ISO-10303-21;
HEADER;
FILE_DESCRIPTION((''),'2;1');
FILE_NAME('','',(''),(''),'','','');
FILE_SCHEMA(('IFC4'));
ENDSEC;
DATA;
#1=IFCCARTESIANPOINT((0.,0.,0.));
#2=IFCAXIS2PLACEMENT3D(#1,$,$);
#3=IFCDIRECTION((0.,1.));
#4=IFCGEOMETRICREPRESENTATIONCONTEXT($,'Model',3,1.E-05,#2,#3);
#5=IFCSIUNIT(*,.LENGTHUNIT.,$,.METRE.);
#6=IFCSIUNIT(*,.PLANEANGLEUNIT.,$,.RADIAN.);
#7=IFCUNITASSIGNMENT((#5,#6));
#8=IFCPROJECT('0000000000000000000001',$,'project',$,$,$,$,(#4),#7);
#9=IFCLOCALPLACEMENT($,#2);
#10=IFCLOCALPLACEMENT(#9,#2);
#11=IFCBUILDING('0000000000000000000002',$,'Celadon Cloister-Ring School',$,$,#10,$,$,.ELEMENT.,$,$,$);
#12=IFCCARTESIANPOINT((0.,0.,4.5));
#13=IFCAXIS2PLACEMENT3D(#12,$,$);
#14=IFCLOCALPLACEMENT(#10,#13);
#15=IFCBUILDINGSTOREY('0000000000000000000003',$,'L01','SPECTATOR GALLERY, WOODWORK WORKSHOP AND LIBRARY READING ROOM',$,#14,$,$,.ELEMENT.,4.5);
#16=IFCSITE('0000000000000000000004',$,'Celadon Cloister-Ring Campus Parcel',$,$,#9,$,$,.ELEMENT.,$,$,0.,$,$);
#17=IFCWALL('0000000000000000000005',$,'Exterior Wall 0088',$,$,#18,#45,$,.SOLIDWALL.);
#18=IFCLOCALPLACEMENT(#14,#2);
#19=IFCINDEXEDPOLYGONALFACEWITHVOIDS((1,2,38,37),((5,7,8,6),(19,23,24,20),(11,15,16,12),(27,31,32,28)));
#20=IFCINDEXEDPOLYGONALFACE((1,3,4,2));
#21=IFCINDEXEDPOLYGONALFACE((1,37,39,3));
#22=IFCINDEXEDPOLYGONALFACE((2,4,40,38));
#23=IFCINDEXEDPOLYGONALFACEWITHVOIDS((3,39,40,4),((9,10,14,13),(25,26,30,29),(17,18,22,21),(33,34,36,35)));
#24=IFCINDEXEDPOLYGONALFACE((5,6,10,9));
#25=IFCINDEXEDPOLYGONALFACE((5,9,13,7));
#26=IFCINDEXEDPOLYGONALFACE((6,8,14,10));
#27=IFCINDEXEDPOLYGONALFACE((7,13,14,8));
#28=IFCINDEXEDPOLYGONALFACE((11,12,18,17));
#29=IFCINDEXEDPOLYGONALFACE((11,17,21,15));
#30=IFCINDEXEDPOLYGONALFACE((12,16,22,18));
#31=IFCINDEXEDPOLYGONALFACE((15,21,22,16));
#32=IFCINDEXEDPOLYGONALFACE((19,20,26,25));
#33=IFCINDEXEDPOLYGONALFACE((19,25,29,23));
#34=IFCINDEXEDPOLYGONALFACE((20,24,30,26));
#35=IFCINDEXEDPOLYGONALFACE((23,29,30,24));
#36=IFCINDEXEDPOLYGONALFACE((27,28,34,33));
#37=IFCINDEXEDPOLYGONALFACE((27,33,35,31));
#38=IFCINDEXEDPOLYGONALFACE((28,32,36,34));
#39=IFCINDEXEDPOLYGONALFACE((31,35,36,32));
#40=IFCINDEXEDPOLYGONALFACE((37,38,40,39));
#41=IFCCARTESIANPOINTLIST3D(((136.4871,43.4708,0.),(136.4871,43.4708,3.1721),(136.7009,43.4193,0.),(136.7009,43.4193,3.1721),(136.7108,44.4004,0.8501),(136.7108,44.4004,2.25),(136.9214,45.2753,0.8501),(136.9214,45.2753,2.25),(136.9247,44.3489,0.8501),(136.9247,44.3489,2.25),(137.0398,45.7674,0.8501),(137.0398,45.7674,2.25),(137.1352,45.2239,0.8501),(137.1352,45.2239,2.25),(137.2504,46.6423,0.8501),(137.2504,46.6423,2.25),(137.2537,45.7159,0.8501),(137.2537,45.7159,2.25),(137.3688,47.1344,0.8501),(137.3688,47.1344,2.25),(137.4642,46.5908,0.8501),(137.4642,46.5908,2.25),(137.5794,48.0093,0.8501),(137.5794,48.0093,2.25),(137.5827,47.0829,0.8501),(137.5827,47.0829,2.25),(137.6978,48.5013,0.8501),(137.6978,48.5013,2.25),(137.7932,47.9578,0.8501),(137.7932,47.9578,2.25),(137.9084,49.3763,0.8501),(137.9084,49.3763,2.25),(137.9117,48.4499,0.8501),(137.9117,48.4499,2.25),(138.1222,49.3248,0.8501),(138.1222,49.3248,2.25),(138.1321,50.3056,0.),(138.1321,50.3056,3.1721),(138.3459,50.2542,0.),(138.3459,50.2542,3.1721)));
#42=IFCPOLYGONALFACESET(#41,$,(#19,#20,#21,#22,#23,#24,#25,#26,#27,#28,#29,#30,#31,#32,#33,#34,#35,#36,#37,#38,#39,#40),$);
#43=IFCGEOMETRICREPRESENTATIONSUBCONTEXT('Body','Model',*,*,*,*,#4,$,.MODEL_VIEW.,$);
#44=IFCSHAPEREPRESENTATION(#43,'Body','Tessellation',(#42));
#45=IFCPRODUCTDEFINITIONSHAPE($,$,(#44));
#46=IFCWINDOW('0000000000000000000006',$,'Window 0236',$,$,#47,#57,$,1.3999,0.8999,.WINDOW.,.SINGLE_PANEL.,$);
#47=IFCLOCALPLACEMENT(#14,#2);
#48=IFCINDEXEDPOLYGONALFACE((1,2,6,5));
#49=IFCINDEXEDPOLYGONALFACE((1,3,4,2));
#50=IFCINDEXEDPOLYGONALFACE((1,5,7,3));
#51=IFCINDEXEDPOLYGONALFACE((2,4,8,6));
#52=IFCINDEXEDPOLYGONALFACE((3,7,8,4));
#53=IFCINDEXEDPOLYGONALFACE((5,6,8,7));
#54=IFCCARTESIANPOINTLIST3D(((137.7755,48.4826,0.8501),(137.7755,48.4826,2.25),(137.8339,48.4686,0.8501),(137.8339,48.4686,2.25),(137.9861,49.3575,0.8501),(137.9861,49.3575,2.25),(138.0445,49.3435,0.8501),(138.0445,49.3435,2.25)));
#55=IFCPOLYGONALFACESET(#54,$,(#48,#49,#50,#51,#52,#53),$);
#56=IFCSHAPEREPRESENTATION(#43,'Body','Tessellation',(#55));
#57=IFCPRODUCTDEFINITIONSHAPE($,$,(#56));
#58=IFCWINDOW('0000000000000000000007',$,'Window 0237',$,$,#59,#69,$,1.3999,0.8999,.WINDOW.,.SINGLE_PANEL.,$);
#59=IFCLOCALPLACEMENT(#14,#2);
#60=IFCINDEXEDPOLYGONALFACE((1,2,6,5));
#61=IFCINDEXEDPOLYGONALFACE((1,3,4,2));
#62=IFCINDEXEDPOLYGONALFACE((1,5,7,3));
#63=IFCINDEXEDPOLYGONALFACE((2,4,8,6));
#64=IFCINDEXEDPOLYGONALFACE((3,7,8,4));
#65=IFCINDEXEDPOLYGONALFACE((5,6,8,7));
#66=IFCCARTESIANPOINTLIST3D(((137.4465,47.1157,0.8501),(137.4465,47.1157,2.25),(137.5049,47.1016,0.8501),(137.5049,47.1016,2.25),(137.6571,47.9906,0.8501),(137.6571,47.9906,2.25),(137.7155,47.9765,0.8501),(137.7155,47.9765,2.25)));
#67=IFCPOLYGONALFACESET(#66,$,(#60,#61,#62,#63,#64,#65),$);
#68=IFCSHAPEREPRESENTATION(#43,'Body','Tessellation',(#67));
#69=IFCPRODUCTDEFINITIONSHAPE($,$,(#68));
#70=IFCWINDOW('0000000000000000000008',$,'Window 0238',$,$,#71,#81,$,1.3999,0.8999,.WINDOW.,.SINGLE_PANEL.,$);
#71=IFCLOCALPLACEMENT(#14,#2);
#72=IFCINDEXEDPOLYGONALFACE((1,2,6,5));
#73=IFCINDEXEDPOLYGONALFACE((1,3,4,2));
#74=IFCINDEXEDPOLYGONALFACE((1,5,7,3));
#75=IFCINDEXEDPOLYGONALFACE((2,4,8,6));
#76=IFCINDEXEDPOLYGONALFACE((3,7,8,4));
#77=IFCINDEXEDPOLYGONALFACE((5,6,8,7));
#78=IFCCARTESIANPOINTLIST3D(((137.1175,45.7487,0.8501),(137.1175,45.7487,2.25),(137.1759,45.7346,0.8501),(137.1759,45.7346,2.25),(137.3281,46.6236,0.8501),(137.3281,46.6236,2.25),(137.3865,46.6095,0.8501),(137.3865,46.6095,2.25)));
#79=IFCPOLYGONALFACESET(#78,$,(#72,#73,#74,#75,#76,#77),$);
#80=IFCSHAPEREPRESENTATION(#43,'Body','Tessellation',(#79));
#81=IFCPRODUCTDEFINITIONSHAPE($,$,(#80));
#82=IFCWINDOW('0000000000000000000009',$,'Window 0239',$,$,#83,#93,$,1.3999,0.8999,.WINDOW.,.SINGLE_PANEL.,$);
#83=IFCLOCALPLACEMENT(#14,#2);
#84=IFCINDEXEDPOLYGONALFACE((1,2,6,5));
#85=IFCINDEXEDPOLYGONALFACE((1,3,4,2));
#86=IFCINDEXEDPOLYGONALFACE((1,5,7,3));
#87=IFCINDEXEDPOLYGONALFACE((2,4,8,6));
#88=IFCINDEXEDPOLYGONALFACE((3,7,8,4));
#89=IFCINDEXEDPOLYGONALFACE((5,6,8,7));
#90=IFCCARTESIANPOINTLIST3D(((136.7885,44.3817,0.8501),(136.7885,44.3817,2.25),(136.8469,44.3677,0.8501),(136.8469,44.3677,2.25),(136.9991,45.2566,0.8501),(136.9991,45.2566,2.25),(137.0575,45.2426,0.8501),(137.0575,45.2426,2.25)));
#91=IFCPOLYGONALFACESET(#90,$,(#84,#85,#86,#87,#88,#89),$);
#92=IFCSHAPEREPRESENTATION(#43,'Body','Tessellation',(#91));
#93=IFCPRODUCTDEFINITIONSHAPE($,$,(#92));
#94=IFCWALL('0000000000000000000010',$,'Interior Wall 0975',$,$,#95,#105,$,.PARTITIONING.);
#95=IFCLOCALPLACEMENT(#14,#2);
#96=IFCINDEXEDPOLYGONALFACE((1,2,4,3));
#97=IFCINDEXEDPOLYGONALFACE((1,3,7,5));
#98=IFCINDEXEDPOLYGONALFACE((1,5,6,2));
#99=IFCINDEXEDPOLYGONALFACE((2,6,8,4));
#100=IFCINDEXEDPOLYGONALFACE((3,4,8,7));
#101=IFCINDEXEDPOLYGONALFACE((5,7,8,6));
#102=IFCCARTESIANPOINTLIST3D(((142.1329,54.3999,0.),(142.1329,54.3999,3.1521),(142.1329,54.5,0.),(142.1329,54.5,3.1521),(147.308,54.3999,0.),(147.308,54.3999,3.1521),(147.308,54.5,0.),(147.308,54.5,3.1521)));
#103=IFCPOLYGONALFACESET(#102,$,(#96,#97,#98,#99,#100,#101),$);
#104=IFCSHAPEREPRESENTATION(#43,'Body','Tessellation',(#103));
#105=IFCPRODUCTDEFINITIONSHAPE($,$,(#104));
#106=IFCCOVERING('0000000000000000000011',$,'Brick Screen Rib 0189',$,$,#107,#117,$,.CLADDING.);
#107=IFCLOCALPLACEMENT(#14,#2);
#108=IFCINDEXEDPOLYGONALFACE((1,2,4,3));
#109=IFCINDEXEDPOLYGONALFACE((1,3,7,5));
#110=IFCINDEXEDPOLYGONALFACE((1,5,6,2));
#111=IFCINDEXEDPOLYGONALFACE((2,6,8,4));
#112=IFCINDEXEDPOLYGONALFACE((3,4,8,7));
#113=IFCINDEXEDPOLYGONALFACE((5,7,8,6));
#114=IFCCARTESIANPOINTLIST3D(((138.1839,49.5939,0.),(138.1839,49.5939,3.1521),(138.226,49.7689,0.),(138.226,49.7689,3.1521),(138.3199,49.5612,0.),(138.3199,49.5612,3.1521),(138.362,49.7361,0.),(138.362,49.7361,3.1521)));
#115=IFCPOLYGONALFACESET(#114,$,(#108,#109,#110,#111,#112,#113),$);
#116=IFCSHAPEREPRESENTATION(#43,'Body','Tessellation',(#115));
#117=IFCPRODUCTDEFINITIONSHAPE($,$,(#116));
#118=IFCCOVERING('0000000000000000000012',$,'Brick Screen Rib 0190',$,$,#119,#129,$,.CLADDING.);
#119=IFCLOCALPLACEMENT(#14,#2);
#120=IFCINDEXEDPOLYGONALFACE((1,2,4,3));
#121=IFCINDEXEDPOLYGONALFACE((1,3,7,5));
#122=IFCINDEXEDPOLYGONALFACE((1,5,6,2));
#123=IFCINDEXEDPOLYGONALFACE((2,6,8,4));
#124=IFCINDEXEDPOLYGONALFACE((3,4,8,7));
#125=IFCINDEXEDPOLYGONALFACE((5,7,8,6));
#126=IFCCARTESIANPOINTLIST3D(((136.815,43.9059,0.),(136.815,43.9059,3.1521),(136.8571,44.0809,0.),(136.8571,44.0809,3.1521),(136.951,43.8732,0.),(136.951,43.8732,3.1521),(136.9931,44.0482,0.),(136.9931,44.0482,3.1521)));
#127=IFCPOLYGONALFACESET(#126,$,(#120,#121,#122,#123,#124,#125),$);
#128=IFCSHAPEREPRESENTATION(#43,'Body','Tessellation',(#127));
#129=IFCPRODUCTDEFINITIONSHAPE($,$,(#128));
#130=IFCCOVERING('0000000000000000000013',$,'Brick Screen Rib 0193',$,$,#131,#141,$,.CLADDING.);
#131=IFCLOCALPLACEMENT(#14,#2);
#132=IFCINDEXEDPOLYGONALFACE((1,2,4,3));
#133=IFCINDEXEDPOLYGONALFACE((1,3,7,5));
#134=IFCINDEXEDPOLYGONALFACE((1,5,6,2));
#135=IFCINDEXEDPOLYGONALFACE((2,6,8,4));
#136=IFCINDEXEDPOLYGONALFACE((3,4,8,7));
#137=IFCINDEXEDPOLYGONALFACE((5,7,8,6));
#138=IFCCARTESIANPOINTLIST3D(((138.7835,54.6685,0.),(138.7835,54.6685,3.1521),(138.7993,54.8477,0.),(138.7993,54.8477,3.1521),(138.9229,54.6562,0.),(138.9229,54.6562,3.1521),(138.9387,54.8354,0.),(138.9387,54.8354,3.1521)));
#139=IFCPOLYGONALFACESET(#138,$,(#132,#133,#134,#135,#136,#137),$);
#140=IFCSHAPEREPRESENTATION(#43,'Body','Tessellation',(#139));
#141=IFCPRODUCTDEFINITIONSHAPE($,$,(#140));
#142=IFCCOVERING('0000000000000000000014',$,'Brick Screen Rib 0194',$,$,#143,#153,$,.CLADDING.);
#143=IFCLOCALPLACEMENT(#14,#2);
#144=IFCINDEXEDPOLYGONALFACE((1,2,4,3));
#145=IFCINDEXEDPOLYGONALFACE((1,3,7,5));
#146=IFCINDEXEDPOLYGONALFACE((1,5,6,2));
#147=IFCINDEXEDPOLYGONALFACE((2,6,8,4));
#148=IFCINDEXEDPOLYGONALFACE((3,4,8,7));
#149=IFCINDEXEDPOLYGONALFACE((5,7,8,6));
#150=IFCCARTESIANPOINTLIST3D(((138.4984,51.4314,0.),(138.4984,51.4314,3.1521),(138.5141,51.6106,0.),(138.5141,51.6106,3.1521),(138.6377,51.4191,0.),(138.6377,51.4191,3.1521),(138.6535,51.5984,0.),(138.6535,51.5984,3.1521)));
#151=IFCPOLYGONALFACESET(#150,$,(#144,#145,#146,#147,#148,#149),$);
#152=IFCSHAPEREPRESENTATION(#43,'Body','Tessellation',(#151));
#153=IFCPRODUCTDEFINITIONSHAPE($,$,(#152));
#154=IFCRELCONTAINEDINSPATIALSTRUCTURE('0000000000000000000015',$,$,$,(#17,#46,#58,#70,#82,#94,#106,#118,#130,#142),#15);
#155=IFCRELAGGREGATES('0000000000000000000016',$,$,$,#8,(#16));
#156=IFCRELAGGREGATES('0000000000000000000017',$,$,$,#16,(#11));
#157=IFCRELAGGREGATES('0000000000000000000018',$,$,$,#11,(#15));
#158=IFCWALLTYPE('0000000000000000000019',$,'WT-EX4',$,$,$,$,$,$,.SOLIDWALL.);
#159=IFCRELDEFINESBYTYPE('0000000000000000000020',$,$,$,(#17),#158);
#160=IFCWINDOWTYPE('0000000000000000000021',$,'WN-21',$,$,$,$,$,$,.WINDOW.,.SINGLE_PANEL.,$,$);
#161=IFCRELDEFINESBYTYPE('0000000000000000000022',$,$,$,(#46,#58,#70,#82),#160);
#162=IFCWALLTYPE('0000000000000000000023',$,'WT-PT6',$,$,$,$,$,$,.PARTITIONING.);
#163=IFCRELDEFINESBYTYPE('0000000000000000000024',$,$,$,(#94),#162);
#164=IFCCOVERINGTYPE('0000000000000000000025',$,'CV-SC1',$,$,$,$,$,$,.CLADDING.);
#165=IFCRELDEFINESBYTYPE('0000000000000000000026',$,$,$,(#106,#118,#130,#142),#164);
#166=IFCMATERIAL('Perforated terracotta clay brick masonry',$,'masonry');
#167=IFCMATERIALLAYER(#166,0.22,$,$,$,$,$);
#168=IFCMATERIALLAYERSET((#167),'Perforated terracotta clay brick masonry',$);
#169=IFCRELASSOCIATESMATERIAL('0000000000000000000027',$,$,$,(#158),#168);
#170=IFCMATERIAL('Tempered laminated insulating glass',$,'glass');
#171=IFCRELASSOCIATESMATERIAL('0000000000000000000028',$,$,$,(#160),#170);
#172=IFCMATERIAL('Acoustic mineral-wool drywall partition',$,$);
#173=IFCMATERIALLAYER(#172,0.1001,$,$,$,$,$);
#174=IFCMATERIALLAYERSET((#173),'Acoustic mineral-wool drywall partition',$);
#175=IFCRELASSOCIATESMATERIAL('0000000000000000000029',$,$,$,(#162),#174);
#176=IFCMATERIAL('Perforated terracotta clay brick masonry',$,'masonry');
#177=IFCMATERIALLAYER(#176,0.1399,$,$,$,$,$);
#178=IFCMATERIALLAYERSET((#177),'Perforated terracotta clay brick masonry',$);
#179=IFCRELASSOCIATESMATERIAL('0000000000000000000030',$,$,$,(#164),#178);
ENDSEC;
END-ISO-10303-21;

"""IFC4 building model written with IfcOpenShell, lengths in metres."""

from ifc_helpers import new_model, si_unit, direction, frame, frame_2d, origin, origin_2d, place, context, subcontext, project, spatial, rectangle, extrude, material, layer, layer_set, type_object, element, fill, save


model = new_model("IFC4")

# Units and contexts
model_context = context("Model", 3, precision=1e-05, world=origin(), true_north=direction((0.0, 1.0)))
body_context = subcontext(model_context, "Body", "Model", "MODEL_VIEW")
ifc_project = project(units=[si_unit("LENGTHUNIT", "METRE"), si_unit("PLANEANGLEUNIT", "RADIAN")], contexts=[model_context])

# Site, building, storey
site_placement = place(None, origin())
site = spatial("IfcSite", under=ifc_project, at=site_placement, Name="Celadon Cloister-Ring Campus Parcel", CompositionType="ELEMENT", RefElevation=0.0)
building_placement = place(site_placement, origin())
building = spatial("IfcBuilding", under=site, at=building_placement, Name="Celadon Cloister-Ring School", CompositionType="ELEMENT")
storey_placement = place(building_placement, frame((0.0, 0.0, 4.5)))
storey = spatial("IfcBuildingStorey", under=building, at=storey_placement, Name="L01", Description="SPECTATOR GALLERY, WOODWORK WORKSHOP AND LIBRARY READING ROOM", CompositionType="ELEMENT", Elevation=4.5)

# Wall, openings, windows
ifc_material_1 = material(Name="Perforated terracotta clay brick masonry", Category="masonry")
ifc_layer_1 = layer(ifc_material_1, 0.22)
ifc_layer_set_1 = layer_set([ifc_layer_1], Name="Perforated terracotta clay brick masonry")
wall_type_1 = type_object("IfcWallType", Name="WT-EX4", PredefinedType="SOLIDWALL", material=ifc_layer_set_1)
wall_1_placement = place(storey_placement, frame((138.239, 50.28, 0.0), z_axis=(0.0, 0.0, 1.0), x_axis=(-0.233995, -0.972238, 0.0)))
wall_1 = element("IfcWall", 1, at=wall_1_placement, inside=storey, type_object=wall_type_1, Name="Exterior Wall 0088", PredefinedType="SOLIDWALL", context=body_context, shape_type="SweptSolid", body=[
    extrude(rectangle(XDim=7.03, YDim=0.22, at=frame_2d((3.5151, 0.0))), origin(), (0.0, 0.0, 1.0), 3.1721),
])
opening_1_placement = place(wall_1_placement, frame((0.9561, 0.0, 0.8501)))
opening_1 = element("IfcOpeningElement", 2, at=opening_1_placement, cuts=wall_1, PredefinedType="OPENING", context=body_context, shape_type="SweptSolid", body=[
    extrude(rectangle(XDim=0.8999, YDim=1.3999, at=frame_2d((0.45, 0.7))), frame((0.0, 0.1201, 0.0), z_axis=(0.0, -1.0, 0.0), x_axis=(1.0, 0.0, 0.0)), (0.0, 0.0, 1.0), 0.24),
])
opening_2_placement = place(wall_1_placement, frame((2.3621, 0.0, 0.8501)))
opening_2 = element("IfcOpeningElement", 3, at=opening_2_placement, cuts=wall_1, PredefinedType="OPENING", context=body_context, shape_type="SweptSolid", body=[
    extrude(rectangle(XDim=0.8999, YDim=1.3999, at=frame_2d((0.45, 0.7))), frame((0.0, 0.1201, 0.0), z_axis=(0.0, -1.0, 0.0), x_axis=(1.0, 0.0, 0.0)), (0.0, 0.0, 1.0), 0.24),
])
opening_3_placement = place(wall_1_placement, frame((3.7681, 0.0, 0.8501)))
opening_3 = element("IfcOpeningElement", 4, at=opening_3_placement, cuts=wall_1, PredefinedType="OPENING", context=body_context, shape_type="SweptSolid", body=[
    extrude(rectangle(XDim=0.8999, YDim=1.3999, at=frame_2d((0.45, 0.7))), frame((0.0, 0.1201, 0.0), z_axis=(0.0, -1.0, 0.0), x_axis=(1.0, 0.0, 0.0)), (0.0, 0.0, 1.0), 0.24),
])
opening_4_placement = place(wall_1_placement, frame((5.1741, 0.0, 0.8501)))
opening_4 = element("IfcOpeningElement", 5, at=opening_4_placement, cuts=wall_1, PredefinedType="OPENING", context=body_context, shape_type="SweptSolid", body=[
    extrude(rectangle(XDim=0.8999, YDim=1.3999, at=frame_2d((0.45, 0.7))), frame((0.0, 0.1201, 0.0), z_axis=(0.0, -1.0, 0.0), x_axis=(1.0, 0.0, 0.0)), (0.0, 0.0, 1.0), 0.24),
])
ifc_material_2 = material(Name="Tempered laminated insulating glass", Category="glass")
window_type_1 = type_object("IfcWindowType", Name="WN-21", PartitioningType="SINGLE_PANEL", PredefinedType="WINDOW", material=ifc_material_2)
window_1_placement = place(opening_1_placement, origin())
window_1 = element("IfcWindow", 6, at=window_1_placement, inside=storey, type_object=window_type_1, Name="Window 0236", OverallHeight=1.3999, OverallWidth=0.8999, PartitioningType="SINGLE_PANEL", PredefinedType="WINDOW", context=body_context, shape_type="SweptSolid", body=[
    extrude(rectangle(XDim=0.8999, YDim=1.3999, at=frame_2d((0.45, 0.7))), frame((0.0, 0.03, 0.0), z_axis=(0.0, -1.0, 0.0), x_axis=(1.0, 0.0, 0.0)), (0.0, 0.0, 1.0), 0.0601),
])
fill(opening_1, window_1)
window_2_placement = place(opening_2_placement, origin())
window_2 = element("IfcWindow", 7, at=window_2_placement, inside=storey, type_object=window_type_1, Name="Window 0237", OverallHeight=1.3999, OverallWidth=0.8999, PartitioningType="SINGLE_PANEL", PredefinedType="WINDOW", context=body_context, shape_type="SweptSolid", body=[
    extrude(rectangle(XDim=0.8999, YDim=1.3999, at=frame_2d((0.45, 0.7))), frame((0.0, 0.03, 0.0), z_axis=(0.0, -1.0, 0.0), x_axis=(1.0, 0.0, 0.0)), (0.0, 0.0, 1.0), 0.0601),
])
fill(opening_2, window_2)
window_3_placement = place(opening_3_placement, origin())
window_3 = element("IfcWindow", 8, at=window_3_placement, inside=storey, type_object=window_type_1, Name="Window 0238", OverallHeight=1.3999, OverallWidth=0.8999, PartitioningType="SINGLE_PANEL", PredefinedType="WINDOW", context=body_context, shape_type="SweptSolid", body=[
    extrude(rectangle(XDim=0.8999, YDim=1.3999, at=frame_2d((0.45, 0.7))), frame((0.0, 0.03, 0.0), z_axis=(0.0, -1.0, 0.0), x_axis=(1.0, 0.0, 0.0)), (0.0, 0.0, 1.0), 0.0601),
])
fill(opening_3, window_3)
window_4_placement = place(opening_4_placement, origin())
window_4 = element("IfcWindow", 9, at=window_4_placement, inside=storey, type_object=window_type_1, Name="Window 0239", OverallHeight=1.3999, OverallWidth=0.8999, PartitioningType="SINGLE_PANEL", PredefinedType="WINDOW", context=body_context, shape_type="SweptSolid", body=[
    extrude(rectangle(XDim=0.8999, YDim=1.3999, at=frame_2d((0.45, 0.7))), frame((0.0, 0.03, 0.0), z_axis=(0.0, -1.0, 0.0), x_axis=(1.0, 0.0, 0.0)), (0.0, 0.0, 1.0), 0.0601),
])
fill(opening_4, window_4)

# Wall
ifc_material_3 = material(Name="Acoustic mineral-wool drywall partition")
ifc_layer_2 = layer(ifc_material_3, 0.1001)
ifc_layer_set_2 = layer_set([ifc_layer_2], Name="Acoustic mineral-wool drywall partition")
wall_type_2 = type_object("IfcWallType", Name="WT-PT6", PredefinedType="PARTITIONING", material=ifc_layer_set_2)
wall_2_placement = place(storey_placement, frame((142.1331, 54.45, 0.0), z_axis=(0.0, 0.0, 1.0), x_axis=(1.0, 0.0, 0.0)))
element("IfcWall", 10, at=wall_2_placement, inside=storey, type_object=wall_type_2, Name="Interior Wall 0975", PredefinedType="PARTITIONING", context=body_context, shape_type="SweptSolid", body=[
    extrude(rectangle(XDim=5.175, YDim=0.1001, at=frame_2d((2.5874, 0.0))), origin(), (0.0, 0.0, 1.0), 3.1521),
])

# Coverings
ifc_material_4 = material(Name="Perforated terracotta clay brick masonry", Category="masonry")
ifc_layer_3 = layer(ifc_material_4, 0.1399)
ifc_layer_set_3 = layer_set([ifc_layer_3], Name="Perforated terracotta clay brick masonry")
covering_type = type_object("IfcCoveringType", Name="CV-SC1", PredefinedType="CLADDING", material=ifc_layer_set_3)
for number, where, z_axis, x_axis, name in (
    (11, (138.2729, 49.665, 0.0), (0.0, 0.0, 1.0), (-0.233988, -0.972239, 0.0), "Brick Screen Rib 0189"),
    (12, (136.9041, 43.9771, 0.0), (0.0, 0.0, 1.0), (-0.233988, -0.972239, 0.0), "Brick Screen Rib 0190"),
    (13, (138.8611, 54.752, 0.0), (0.0, 0.0, 1.0), (-0.087747, -0.996143, 0.0), "Brick Screen Rib 0193"),
    (14, (138.5759, 51.5149, 0.0), (0.0, 0.0, 1.0), (-0.087747, -0.996143, 0.0), "Brick Screen Rib 0194"),
):
    element("IfcCovering", number, at=place(storey_placement, frame(where, z_axis=z_axis, x_axis=x_axis)), inside=storey, type_object=covering_type, Name=name, PredefinedType="CLADDING", context=body_context, shape_type="SweptSolid", body=[
        extrude(rectangle(XDim=0.1799, YDim=0.1399, at=origin_2d()), origin(), (0.0, 0.0, 1.0), 3.1521),
    ])

save(model, "model.ifc")
